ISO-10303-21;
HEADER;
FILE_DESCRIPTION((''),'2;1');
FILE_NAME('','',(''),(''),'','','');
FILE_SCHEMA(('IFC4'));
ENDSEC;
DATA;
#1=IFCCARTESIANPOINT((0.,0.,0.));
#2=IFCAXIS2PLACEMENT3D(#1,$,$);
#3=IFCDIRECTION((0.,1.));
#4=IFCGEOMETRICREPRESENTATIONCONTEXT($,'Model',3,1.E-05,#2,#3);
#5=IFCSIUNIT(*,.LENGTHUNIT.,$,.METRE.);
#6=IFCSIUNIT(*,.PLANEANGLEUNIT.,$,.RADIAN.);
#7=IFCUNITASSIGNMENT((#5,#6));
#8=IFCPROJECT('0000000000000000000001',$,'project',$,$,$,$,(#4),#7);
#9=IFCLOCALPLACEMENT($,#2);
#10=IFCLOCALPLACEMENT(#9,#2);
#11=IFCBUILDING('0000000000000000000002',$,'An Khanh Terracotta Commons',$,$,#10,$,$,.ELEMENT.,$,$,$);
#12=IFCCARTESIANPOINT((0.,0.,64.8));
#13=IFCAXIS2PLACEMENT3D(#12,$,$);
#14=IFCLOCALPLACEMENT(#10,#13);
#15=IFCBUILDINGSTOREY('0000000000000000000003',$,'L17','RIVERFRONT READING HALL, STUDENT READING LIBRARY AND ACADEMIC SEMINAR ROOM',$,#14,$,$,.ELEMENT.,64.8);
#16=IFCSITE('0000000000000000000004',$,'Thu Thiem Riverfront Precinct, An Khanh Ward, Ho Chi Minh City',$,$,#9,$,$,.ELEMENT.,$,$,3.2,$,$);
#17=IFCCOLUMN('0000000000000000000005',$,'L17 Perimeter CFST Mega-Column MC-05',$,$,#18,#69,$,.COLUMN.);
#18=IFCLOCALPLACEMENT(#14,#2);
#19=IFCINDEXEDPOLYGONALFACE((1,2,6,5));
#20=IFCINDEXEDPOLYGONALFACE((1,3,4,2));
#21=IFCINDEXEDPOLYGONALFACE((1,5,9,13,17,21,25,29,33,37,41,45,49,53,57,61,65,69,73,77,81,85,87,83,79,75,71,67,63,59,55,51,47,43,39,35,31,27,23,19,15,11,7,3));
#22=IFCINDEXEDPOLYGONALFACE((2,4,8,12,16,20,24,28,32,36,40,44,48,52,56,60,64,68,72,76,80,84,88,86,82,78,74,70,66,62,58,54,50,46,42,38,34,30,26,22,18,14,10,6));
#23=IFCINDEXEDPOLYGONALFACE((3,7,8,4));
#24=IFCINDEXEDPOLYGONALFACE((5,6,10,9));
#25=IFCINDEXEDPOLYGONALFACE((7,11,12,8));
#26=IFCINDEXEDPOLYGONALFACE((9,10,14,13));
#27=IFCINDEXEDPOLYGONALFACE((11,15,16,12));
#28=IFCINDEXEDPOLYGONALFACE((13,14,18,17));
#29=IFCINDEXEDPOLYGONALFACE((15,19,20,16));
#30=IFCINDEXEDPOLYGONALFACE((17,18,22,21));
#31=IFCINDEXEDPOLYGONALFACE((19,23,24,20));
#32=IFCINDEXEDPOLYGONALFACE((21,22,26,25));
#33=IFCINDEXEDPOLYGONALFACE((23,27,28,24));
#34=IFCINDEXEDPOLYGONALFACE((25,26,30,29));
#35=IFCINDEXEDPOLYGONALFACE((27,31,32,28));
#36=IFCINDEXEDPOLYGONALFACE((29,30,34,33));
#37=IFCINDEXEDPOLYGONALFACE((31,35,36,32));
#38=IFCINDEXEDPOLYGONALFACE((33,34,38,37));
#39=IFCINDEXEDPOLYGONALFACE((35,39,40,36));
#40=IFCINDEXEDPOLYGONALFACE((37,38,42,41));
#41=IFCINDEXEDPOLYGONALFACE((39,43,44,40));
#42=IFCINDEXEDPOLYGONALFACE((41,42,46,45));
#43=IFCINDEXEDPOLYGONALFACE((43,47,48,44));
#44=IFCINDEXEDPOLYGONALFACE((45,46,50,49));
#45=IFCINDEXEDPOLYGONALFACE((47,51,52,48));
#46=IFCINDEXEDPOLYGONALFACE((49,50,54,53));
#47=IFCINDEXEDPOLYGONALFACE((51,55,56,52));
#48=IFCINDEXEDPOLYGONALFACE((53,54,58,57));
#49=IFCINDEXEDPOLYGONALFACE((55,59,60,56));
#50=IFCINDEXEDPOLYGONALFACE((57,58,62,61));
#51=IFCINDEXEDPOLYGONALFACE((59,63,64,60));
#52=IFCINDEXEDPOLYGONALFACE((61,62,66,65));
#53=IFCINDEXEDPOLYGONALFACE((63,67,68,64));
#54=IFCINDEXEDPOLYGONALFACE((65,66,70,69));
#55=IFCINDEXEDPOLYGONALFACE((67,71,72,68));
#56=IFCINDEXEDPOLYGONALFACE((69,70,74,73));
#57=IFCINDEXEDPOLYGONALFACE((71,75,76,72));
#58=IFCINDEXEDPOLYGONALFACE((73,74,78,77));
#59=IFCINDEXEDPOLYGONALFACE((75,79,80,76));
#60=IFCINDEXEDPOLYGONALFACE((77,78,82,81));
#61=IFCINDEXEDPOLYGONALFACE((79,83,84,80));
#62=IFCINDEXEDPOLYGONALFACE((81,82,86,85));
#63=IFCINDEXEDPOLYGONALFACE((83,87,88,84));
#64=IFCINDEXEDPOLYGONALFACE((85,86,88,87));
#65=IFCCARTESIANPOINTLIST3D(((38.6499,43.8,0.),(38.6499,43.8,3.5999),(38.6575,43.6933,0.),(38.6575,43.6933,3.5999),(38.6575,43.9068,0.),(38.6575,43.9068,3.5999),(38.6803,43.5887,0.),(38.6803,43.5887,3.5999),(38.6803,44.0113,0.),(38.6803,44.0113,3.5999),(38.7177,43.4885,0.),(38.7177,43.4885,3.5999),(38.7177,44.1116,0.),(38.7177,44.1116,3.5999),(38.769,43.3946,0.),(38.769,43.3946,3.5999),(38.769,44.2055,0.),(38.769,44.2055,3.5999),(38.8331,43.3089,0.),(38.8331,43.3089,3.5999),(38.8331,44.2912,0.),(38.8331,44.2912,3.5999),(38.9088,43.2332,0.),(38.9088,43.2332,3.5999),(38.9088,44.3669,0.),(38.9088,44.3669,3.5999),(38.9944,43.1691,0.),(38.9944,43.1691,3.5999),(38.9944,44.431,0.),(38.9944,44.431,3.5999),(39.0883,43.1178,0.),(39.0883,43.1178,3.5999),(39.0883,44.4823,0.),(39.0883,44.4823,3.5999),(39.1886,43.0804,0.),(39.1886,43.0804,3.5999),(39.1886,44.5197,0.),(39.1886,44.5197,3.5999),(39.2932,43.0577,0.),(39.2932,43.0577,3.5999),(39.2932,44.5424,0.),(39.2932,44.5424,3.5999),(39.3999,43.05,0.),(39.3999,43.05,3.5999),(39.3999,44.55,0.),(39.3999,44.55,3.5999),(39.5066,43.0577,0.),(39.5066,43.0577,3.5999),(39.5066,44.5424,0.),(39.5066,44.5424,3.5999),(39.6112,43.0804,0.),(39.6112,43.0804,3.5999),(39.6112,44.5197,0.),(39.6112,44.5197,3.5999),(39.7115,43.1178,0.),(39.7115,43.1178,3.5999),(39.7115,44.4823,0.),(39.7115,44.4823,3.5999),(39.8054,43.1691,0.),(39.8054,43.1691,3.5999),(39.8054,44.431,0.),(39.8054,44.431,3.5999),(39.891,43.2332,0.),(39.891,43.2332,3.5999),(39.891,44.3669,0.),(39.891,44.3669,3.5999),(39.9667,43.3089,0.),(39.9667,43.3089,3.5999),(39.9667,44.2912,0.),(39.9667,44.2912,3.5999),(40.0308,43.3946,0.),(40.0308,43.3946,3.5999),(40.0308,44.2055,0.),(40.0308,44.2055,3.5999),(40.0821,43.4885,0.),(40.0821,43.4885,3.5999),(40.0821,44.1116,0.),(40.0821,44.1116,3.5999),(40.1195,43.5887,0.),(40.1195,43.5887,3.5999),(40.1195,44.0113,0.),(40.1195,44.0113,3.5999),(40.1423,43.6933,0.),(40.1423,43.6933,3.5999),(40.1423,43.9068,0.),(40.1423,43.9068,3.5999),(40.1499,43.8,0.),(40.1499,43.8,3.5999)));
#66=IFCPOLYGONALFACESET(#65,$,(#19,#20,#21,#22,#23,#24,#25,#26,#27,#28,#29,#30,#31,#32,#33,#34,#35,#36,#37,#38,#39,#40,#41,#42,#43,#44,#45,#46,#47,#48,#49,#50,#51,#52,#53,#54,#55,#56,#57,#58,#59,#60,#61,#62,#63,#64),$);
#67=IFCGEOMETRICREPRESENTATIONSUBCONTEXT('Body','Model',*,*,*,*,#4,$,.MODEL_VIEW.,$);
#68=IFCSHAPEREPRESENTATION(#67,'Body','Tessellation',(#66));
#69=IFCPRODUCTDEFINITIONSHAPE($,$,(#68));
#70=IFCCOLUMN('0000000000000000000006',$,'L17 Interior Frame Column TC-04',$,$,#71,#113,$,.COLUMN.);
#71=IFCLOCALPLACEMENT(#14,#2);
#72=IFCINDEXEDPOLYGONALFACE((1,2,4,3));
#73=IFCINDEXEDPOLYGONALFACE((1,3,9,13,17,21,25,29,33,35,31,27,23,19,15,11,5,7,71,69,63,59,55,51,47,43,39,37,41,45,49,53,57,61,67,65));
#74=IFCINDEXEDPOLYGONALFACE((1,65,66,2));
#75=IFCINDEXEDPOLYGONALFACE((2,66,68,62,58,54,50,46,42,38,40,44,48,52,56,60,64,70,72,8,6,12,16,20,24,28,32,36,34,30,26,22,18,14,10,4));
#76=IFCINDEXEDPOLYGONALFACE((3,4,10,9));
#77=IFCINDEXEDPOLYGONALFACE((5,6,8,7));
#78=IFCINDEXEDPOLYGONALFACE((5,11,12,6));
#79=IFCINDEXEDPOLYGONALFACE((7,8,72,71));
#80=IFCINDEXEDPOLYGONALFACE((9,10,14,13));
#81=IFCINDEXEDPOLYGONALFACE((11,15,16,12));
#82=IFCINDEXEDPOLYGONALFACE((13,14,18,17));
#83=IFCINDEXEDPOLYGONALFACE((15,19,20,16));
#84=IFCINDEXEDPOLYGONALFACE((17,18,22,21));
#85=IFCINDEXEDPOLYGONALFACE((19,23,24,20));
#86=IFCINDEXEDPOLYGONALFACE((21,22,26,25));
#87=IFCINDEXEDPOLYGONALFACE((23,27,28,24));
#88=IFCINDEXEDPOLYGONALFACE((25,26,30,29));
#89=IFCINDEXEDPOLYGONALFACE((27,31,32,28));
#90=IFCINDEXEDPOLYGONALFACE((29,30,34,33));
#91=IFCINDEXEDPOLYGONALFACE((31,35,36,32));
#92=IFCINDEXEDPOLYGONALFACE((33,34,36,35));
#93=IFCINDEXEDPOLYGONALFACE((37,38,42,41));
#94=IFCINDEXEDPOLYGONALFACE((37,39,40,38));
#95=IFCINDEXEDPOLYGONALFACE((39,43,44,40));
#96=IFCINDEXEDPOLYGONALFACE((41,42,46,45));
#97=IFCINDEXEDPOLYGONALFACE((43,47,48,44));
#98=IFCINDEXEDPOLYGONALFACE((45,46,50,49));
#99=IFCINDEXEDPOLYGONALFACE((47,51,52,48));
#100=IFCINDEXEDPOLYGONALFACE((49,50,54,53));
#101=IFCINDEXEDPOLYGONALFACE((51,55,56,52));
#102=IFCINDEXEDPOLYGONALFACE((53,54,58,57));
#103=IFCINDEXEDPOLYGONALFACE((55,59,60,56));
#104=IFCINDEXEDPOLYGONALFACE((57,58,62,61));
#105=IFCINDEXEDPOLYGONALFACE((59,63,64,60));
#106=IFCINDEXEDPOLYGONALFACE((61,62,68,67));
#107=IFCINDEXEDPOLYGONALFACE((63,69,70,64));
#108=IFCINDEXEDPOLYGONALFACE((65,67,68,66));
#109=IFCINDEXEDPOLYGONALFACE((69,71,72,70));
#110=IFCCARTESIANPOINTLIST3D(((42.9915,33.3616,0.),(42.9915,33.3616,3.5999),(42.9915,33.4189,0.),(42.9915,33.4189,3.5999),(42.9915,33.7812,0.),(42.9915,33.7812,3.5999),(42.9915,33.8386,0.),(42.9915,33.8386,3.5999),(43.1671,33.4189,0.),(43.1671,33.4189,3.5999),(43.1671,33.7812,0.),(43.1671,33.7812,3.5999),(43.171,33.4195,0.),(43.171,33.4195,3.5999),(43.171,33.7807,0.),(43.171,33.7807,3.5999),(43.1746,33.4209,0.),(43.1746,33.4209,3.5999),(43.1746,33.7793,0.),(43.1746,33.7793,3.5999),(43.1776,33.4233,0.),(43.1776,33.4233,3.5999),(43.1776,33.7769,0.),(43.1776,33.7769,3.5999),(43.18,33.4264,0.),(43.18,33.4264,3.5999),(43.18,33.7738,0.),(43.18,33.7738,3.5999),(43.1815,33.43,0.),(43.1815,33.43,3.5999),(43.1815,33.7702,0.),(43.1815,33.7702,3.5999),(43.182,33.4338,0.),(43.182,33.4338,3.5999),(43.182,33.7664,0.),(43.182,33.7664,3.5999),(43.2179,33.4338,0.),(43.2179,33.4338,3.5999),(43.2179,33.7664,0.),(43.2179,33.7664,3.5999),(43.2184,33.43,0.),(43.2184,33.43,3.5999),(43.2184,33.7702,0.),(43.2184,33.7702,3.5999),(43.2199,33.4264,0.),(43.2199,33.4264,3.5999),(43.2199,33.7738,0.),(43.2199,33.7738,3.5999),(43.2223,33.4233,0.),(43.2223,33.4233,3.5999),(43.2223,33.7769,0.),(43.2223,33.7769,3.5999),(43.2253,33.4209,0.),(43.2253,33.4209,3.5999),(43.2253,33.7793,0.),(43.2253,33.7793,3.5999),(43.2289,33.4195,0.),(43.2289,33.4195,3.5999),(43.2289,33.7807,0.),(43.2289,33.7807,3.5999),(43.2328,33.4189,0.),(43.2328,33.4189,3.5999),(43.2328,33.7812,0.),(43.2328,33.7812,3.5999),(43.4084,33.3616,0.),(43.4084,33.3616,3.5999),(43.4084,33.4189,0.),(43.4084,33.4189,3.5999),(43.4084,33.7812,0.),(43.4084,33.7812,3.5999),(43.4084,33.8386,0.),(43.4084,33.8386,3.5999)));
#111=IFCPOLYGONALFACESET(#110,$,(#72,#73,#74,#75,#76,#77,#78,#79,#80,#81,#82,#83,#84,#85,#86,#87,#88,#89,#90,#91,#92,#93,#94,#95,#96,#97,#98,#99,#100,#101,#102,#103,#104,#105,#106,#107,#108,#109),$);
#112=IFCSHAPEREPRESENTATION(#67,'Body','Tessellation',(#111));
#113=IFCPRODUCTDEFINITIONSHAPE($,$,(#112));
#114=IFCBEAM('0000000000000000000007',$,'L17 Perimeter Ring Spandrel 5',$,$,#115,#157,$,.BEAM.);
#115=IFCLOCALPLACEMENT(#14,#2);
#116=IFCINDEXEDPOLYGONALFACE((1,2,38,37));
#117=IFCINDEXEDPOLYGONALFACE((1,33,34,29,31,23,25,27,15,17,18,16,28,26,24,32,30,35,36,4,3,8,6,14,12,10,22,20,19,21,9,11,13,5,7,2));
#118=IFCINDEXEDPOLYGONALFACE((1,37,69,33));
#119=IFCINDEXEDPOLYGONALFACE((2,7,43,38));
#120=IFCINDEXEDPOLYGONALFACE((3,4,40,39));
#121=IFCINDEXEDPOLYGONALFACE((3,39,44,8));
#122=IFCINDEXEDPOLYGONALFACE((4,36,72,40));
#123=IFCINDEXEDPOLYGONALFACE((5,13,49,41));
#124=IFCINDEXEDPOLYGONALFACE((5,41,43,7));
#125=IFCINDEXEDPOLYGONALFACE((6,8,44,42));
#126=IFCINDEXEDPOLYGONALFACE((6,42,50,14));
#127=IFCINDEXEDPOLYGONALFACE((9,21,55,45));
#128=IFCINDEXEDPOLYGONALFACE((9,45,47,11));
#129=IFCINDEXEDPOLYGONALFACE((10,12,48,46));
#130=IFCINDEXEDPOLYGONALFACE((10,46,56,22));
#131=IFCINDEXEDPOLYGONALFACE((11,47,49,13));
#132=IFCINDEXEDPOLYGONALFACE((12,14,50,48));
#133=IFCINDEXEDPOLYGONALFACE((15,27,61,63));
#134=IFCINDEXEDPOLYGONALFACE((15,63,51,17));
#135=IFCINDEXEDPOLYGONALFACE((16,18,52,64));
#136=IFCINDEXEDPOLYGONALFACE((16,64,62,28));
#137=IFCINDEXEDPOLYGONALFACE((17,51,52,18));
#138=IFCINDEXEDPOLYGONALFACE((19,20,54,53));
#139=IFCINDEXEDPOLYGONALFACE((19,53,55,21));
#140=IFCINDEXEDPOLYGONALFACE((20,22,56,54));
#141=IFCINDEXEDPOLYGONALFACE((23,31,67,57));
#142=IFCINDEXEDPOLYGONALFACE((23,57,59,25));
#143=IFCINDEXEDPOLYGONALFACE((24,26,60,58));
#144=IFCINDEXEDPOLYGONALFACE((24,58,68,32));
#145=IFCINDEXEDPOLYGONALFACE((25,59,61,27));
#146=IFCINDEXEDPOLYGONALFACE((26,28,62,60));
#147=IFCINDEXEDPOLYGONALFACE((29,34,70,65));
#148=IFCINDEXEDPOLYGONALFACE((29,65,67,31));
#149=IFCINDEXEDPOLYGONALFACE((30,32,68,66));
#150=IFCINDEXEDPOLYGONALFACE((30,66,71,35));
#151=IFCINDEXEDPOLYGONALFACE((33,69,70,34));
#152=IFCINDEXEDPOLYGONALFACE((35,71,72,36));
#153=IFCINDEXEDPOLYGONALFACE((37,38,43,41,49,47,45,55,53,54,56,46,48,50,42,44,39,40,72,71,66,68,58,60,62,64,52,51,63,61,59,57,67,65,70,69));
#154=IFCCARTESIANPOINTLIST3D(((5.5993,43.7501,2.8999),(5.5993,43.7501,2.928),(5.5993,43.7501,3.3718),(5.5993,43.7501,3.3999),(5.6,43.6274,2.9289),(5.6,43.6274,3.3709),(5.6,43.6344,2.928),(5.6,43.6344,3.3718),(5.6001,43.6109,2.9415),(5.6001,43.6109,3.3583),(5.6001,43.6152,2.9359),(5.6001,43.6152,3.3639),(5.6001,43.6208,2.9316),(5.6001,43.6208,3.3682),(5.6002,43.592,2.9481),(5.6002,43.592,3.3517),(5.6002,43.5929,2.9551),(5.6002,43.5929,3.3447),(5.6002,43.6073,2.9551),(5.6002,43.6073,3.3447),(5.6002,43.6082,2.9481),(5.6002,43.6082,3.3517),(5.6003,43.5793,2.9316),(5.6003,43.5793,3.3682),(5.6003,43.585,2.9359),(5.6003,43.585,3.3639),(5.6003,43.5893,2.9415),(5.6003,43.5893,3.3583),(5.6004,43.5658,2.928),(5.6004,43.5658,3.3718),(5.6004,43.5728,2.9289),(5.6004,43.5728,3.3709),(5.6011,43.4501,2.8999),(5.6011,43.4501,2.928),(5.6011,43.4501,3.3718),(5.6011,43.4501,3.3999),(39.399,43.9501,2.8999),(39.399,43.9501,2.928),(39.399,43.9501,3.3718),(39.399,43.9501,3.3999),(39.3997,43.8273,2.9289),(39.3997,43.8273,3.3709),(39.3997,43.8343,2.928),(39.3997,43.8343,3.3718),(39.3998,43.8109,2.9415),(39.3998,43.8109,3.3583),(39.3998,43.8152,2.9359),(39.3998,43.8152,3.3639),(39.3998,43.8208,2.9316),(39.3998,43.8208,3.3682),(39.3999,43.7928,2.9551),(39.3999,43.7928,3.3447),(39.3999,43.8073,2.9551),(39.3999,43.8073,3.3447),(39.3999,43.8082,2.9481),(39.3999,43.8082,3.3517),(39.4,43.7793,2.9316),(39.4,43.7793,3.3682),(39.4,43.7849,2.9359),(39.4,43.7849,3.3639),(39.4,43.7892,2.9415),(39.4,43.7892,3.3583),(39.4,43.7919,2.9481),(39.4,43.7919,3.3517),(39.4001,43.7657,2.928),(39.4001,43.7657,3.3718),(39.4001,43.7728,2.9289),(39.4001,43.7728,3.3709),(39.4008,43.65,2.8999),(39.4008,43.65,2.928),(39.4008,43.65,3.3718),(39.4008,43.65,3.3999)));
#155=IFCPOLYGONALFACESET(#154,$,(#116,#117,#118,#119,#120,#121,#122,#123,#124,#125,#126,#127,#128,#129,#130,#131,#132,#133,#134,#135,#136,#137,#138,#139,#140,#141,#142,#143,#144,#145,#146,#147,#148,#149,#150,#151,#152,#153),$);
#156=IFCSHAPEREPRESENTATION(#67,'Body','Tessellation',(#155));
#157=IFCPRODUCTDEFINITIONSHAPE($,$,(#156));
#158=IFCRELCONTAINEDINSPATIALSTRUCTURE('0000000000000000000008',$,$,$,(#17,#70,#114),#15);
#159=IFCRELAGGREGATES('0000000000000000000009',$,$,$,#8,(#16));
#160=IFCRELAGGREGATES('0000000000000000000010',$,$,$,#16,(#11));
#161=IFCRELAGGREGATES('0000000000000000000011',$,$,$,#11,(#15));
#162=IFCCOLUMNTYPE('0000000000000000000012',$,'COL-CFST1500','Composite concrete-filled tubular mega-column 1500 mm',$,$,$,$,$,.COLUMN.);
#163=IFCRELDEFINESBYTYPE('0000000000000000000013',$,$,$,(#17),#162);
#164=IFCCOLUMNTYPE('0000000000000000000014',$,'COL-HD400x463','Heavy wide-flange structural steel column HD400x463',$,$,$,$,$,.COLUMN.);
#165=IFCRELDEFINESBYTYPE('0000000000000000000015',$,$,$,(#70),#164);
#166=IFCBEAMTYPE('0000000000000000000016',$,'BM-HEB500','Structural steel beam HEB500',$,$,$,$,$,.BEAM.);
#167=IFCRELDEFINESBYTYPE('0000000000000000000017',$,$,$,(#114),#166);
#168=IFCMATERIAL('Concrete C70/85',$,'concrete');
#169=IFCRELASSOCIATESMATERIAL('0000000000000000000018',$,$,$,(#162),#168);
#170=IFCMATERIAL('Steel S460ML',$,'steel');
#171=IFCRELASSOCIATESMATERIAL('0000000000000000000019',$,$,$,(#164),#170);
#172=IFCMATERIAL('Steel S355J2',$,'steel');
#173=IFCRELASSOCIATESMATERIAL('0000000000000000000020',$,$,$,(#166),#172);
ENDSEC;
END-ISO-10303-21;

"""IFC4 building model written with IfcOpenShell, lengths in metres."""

from ifc_helpers import new_model, si_unit, direction, frame, origin, origin_2d, place, context, subcontext, project, spatial, circle, i_section, extrude, material, material_profile, profile_set, type_object, element, save


model = new_model("IFC4")

# Units and contexts
model_context = context("Model", 3, precision=1e-05, world=origin(), true_north=direction((0.0, 1.0)))
body_context = subcontext(model_context, "Body", "Model", "MODEL_VIEW")
ifc_project = project(units=[si_unit("LENGTHUNIT", "METRE"), si_unit("PLANEANGLEUNIT", "RADIAN")], contexts=[model_context])

# Site, building, storey
site_placement = place(None, origin())
site = spatial("IfcSite", under=ifc_project, at=site_placement, Name="Thu Thiem Riverfront Precinct, An Khanh Ward, Ho Chi Minh City", CompositionType="ELEMENT", RefElevation=3.2)
building_placement = place(site_placement, origin())
building = spatial("IfcBuilding", under=site, at=building_placement, Name="An Khanh Terracotta Commons", CompositionType="ELEMENT")
storey_placement = place(building_placement, frame((0.0, 0.0, 64.8)))
storey = spatial("IfcBuildingStorey", under=building, at=storey_placement, Name="L17", Description="RIVERFRONT READING HALL, STUDENT READING LIBRARY AND ACADEMIC SEMINAR ROOM", CompositionType="ELEMENT", Elevation=64.8)

# Columns
ifc_material_1 = material(Name="Concrete C70/85", Category="concrete")
ifc_material_profile_1 = material_profile(ifc_material_1, circle(Radius=0.75, at=origin_2d()), Name="CFST1500")
ifc_profile_set_1 = profile_set([ifc_material_profile_1], Name="Concrete C70/85")
column_type_1 = type_object("IfcColumnType", Name="COL-CFST1500", Description="Composite concrete-filled tubular mega-column 1500 mm", PredefinedType="COLUMN", material=ifc_profile_set_1)
column_1_placement = place(storey_placement, frame((39.3999, 43.8, 0.0), z_axis=(0.0, 0.0, 1.0), x_axis=(1.0, 0.0, 0.0)))
element("IfcColumn", 1, at=column_1_placement, inside=storey, type_object=column_type_1, Name="L17 Perimeter CFST Mega-Column MC-05", PredefinedType="COLUMN", context=body_context, shape_type="SweptSolid", body=[
    extrude(circle(Radius=0.75, at=origin_2d()), origin(), (0.0, 0.0, 1.0), 3.5999),
])
ifc_material_2 = material(Name="Steel S460ML", Category="steel")
ifc_material_profile_2 = material_profile(ifc_material_2, i_section(OverallWidth=0.417, OverallDepth=0.4771, WebThickness=0.0359, FlangeThickness=0.0574, FilletRadius=0.0149, at=origin_2d()), Name="HD400x463")
ifc_profile_set_2 = profile_set([ifc_material_profile_2], Name="Steel S460ML")
column_type_2 = type_object("IfcColumnType", Name="COL-HD400x463", Description="Heavy wide-flange structural steel column HD400x463", PredefinedType="COLUMN", material=ifc_profile_set_2)
column_2_placement = place(storey_placement, frame((43.2, 33.6001, 0.0), z_axis=(0.0, 0.0, 1.0), x_axis=(1.0, 0.0, 0.0)))
element("IfcColumn", 2, at=column_2_placement, inside=storey, type_object=column_type_2, Name="L17 Interior Frame Column TC-04", PredefinedType="COLUMN", context=body_context, shape_type="SweptSolid", body=[
    extrude(i_section(OverallWidth=0.417, OverallDepth=0.4771, WebThickness=0.0359, FlangeThickness=0.0574, FilletRadius=0.0149, at=origin_2d()), origin(), (0.0, 0.0, 1.0), 3.5999),
])

# Beam
ifc_material_3 = material(Name="Steel S355J2", Category="steel")
ifc_material_profile_3 = material_profile(ifc_material_3, i_section(OverallWidth=0.3, OverallDepth=0.5, WebThickness=0.0144, FlangeThickness=0.0281, FilletRadius=0.0271, at=origin_2d()), Name="HEB500")
ifc_profile_set_3 = profile_set([ifc_material_profile_3], Name="Steel S355J2")
beam_type_1 = type_object("IfcBeamType", Name="BM-HEB500", Description="Structural steel beam HEB500", PredefinedType="BEAM", material=ifc_profile_set_3)
beam_1_placement = place(storey_placement, frame((39.3999, 43.8, 3.1499), z_axis=(-0.999983, -0.005916, 0.0), x_axis=(0.005916, -0.999983, 0.0)))
element("IfcBeam", 3, at=beam_1_placement, inside=storey, type_object=beam_type_1, Name="L17 Perimeter Ring Spandrel 5", PredefinedType="BEAM", context=body_context, shape_type="SweptSolid", body=[
    extrude(i_section(OverallWidth=0.3, OverallDepth=0.5, WebThickness=0.0144, FlangeThickness=0.0281, FilletRadius=0.0271, at=origin_2d()), origin(), (0.0, 0.0, 1.0), 33.8003),
])

save(model, "model.ifc")
